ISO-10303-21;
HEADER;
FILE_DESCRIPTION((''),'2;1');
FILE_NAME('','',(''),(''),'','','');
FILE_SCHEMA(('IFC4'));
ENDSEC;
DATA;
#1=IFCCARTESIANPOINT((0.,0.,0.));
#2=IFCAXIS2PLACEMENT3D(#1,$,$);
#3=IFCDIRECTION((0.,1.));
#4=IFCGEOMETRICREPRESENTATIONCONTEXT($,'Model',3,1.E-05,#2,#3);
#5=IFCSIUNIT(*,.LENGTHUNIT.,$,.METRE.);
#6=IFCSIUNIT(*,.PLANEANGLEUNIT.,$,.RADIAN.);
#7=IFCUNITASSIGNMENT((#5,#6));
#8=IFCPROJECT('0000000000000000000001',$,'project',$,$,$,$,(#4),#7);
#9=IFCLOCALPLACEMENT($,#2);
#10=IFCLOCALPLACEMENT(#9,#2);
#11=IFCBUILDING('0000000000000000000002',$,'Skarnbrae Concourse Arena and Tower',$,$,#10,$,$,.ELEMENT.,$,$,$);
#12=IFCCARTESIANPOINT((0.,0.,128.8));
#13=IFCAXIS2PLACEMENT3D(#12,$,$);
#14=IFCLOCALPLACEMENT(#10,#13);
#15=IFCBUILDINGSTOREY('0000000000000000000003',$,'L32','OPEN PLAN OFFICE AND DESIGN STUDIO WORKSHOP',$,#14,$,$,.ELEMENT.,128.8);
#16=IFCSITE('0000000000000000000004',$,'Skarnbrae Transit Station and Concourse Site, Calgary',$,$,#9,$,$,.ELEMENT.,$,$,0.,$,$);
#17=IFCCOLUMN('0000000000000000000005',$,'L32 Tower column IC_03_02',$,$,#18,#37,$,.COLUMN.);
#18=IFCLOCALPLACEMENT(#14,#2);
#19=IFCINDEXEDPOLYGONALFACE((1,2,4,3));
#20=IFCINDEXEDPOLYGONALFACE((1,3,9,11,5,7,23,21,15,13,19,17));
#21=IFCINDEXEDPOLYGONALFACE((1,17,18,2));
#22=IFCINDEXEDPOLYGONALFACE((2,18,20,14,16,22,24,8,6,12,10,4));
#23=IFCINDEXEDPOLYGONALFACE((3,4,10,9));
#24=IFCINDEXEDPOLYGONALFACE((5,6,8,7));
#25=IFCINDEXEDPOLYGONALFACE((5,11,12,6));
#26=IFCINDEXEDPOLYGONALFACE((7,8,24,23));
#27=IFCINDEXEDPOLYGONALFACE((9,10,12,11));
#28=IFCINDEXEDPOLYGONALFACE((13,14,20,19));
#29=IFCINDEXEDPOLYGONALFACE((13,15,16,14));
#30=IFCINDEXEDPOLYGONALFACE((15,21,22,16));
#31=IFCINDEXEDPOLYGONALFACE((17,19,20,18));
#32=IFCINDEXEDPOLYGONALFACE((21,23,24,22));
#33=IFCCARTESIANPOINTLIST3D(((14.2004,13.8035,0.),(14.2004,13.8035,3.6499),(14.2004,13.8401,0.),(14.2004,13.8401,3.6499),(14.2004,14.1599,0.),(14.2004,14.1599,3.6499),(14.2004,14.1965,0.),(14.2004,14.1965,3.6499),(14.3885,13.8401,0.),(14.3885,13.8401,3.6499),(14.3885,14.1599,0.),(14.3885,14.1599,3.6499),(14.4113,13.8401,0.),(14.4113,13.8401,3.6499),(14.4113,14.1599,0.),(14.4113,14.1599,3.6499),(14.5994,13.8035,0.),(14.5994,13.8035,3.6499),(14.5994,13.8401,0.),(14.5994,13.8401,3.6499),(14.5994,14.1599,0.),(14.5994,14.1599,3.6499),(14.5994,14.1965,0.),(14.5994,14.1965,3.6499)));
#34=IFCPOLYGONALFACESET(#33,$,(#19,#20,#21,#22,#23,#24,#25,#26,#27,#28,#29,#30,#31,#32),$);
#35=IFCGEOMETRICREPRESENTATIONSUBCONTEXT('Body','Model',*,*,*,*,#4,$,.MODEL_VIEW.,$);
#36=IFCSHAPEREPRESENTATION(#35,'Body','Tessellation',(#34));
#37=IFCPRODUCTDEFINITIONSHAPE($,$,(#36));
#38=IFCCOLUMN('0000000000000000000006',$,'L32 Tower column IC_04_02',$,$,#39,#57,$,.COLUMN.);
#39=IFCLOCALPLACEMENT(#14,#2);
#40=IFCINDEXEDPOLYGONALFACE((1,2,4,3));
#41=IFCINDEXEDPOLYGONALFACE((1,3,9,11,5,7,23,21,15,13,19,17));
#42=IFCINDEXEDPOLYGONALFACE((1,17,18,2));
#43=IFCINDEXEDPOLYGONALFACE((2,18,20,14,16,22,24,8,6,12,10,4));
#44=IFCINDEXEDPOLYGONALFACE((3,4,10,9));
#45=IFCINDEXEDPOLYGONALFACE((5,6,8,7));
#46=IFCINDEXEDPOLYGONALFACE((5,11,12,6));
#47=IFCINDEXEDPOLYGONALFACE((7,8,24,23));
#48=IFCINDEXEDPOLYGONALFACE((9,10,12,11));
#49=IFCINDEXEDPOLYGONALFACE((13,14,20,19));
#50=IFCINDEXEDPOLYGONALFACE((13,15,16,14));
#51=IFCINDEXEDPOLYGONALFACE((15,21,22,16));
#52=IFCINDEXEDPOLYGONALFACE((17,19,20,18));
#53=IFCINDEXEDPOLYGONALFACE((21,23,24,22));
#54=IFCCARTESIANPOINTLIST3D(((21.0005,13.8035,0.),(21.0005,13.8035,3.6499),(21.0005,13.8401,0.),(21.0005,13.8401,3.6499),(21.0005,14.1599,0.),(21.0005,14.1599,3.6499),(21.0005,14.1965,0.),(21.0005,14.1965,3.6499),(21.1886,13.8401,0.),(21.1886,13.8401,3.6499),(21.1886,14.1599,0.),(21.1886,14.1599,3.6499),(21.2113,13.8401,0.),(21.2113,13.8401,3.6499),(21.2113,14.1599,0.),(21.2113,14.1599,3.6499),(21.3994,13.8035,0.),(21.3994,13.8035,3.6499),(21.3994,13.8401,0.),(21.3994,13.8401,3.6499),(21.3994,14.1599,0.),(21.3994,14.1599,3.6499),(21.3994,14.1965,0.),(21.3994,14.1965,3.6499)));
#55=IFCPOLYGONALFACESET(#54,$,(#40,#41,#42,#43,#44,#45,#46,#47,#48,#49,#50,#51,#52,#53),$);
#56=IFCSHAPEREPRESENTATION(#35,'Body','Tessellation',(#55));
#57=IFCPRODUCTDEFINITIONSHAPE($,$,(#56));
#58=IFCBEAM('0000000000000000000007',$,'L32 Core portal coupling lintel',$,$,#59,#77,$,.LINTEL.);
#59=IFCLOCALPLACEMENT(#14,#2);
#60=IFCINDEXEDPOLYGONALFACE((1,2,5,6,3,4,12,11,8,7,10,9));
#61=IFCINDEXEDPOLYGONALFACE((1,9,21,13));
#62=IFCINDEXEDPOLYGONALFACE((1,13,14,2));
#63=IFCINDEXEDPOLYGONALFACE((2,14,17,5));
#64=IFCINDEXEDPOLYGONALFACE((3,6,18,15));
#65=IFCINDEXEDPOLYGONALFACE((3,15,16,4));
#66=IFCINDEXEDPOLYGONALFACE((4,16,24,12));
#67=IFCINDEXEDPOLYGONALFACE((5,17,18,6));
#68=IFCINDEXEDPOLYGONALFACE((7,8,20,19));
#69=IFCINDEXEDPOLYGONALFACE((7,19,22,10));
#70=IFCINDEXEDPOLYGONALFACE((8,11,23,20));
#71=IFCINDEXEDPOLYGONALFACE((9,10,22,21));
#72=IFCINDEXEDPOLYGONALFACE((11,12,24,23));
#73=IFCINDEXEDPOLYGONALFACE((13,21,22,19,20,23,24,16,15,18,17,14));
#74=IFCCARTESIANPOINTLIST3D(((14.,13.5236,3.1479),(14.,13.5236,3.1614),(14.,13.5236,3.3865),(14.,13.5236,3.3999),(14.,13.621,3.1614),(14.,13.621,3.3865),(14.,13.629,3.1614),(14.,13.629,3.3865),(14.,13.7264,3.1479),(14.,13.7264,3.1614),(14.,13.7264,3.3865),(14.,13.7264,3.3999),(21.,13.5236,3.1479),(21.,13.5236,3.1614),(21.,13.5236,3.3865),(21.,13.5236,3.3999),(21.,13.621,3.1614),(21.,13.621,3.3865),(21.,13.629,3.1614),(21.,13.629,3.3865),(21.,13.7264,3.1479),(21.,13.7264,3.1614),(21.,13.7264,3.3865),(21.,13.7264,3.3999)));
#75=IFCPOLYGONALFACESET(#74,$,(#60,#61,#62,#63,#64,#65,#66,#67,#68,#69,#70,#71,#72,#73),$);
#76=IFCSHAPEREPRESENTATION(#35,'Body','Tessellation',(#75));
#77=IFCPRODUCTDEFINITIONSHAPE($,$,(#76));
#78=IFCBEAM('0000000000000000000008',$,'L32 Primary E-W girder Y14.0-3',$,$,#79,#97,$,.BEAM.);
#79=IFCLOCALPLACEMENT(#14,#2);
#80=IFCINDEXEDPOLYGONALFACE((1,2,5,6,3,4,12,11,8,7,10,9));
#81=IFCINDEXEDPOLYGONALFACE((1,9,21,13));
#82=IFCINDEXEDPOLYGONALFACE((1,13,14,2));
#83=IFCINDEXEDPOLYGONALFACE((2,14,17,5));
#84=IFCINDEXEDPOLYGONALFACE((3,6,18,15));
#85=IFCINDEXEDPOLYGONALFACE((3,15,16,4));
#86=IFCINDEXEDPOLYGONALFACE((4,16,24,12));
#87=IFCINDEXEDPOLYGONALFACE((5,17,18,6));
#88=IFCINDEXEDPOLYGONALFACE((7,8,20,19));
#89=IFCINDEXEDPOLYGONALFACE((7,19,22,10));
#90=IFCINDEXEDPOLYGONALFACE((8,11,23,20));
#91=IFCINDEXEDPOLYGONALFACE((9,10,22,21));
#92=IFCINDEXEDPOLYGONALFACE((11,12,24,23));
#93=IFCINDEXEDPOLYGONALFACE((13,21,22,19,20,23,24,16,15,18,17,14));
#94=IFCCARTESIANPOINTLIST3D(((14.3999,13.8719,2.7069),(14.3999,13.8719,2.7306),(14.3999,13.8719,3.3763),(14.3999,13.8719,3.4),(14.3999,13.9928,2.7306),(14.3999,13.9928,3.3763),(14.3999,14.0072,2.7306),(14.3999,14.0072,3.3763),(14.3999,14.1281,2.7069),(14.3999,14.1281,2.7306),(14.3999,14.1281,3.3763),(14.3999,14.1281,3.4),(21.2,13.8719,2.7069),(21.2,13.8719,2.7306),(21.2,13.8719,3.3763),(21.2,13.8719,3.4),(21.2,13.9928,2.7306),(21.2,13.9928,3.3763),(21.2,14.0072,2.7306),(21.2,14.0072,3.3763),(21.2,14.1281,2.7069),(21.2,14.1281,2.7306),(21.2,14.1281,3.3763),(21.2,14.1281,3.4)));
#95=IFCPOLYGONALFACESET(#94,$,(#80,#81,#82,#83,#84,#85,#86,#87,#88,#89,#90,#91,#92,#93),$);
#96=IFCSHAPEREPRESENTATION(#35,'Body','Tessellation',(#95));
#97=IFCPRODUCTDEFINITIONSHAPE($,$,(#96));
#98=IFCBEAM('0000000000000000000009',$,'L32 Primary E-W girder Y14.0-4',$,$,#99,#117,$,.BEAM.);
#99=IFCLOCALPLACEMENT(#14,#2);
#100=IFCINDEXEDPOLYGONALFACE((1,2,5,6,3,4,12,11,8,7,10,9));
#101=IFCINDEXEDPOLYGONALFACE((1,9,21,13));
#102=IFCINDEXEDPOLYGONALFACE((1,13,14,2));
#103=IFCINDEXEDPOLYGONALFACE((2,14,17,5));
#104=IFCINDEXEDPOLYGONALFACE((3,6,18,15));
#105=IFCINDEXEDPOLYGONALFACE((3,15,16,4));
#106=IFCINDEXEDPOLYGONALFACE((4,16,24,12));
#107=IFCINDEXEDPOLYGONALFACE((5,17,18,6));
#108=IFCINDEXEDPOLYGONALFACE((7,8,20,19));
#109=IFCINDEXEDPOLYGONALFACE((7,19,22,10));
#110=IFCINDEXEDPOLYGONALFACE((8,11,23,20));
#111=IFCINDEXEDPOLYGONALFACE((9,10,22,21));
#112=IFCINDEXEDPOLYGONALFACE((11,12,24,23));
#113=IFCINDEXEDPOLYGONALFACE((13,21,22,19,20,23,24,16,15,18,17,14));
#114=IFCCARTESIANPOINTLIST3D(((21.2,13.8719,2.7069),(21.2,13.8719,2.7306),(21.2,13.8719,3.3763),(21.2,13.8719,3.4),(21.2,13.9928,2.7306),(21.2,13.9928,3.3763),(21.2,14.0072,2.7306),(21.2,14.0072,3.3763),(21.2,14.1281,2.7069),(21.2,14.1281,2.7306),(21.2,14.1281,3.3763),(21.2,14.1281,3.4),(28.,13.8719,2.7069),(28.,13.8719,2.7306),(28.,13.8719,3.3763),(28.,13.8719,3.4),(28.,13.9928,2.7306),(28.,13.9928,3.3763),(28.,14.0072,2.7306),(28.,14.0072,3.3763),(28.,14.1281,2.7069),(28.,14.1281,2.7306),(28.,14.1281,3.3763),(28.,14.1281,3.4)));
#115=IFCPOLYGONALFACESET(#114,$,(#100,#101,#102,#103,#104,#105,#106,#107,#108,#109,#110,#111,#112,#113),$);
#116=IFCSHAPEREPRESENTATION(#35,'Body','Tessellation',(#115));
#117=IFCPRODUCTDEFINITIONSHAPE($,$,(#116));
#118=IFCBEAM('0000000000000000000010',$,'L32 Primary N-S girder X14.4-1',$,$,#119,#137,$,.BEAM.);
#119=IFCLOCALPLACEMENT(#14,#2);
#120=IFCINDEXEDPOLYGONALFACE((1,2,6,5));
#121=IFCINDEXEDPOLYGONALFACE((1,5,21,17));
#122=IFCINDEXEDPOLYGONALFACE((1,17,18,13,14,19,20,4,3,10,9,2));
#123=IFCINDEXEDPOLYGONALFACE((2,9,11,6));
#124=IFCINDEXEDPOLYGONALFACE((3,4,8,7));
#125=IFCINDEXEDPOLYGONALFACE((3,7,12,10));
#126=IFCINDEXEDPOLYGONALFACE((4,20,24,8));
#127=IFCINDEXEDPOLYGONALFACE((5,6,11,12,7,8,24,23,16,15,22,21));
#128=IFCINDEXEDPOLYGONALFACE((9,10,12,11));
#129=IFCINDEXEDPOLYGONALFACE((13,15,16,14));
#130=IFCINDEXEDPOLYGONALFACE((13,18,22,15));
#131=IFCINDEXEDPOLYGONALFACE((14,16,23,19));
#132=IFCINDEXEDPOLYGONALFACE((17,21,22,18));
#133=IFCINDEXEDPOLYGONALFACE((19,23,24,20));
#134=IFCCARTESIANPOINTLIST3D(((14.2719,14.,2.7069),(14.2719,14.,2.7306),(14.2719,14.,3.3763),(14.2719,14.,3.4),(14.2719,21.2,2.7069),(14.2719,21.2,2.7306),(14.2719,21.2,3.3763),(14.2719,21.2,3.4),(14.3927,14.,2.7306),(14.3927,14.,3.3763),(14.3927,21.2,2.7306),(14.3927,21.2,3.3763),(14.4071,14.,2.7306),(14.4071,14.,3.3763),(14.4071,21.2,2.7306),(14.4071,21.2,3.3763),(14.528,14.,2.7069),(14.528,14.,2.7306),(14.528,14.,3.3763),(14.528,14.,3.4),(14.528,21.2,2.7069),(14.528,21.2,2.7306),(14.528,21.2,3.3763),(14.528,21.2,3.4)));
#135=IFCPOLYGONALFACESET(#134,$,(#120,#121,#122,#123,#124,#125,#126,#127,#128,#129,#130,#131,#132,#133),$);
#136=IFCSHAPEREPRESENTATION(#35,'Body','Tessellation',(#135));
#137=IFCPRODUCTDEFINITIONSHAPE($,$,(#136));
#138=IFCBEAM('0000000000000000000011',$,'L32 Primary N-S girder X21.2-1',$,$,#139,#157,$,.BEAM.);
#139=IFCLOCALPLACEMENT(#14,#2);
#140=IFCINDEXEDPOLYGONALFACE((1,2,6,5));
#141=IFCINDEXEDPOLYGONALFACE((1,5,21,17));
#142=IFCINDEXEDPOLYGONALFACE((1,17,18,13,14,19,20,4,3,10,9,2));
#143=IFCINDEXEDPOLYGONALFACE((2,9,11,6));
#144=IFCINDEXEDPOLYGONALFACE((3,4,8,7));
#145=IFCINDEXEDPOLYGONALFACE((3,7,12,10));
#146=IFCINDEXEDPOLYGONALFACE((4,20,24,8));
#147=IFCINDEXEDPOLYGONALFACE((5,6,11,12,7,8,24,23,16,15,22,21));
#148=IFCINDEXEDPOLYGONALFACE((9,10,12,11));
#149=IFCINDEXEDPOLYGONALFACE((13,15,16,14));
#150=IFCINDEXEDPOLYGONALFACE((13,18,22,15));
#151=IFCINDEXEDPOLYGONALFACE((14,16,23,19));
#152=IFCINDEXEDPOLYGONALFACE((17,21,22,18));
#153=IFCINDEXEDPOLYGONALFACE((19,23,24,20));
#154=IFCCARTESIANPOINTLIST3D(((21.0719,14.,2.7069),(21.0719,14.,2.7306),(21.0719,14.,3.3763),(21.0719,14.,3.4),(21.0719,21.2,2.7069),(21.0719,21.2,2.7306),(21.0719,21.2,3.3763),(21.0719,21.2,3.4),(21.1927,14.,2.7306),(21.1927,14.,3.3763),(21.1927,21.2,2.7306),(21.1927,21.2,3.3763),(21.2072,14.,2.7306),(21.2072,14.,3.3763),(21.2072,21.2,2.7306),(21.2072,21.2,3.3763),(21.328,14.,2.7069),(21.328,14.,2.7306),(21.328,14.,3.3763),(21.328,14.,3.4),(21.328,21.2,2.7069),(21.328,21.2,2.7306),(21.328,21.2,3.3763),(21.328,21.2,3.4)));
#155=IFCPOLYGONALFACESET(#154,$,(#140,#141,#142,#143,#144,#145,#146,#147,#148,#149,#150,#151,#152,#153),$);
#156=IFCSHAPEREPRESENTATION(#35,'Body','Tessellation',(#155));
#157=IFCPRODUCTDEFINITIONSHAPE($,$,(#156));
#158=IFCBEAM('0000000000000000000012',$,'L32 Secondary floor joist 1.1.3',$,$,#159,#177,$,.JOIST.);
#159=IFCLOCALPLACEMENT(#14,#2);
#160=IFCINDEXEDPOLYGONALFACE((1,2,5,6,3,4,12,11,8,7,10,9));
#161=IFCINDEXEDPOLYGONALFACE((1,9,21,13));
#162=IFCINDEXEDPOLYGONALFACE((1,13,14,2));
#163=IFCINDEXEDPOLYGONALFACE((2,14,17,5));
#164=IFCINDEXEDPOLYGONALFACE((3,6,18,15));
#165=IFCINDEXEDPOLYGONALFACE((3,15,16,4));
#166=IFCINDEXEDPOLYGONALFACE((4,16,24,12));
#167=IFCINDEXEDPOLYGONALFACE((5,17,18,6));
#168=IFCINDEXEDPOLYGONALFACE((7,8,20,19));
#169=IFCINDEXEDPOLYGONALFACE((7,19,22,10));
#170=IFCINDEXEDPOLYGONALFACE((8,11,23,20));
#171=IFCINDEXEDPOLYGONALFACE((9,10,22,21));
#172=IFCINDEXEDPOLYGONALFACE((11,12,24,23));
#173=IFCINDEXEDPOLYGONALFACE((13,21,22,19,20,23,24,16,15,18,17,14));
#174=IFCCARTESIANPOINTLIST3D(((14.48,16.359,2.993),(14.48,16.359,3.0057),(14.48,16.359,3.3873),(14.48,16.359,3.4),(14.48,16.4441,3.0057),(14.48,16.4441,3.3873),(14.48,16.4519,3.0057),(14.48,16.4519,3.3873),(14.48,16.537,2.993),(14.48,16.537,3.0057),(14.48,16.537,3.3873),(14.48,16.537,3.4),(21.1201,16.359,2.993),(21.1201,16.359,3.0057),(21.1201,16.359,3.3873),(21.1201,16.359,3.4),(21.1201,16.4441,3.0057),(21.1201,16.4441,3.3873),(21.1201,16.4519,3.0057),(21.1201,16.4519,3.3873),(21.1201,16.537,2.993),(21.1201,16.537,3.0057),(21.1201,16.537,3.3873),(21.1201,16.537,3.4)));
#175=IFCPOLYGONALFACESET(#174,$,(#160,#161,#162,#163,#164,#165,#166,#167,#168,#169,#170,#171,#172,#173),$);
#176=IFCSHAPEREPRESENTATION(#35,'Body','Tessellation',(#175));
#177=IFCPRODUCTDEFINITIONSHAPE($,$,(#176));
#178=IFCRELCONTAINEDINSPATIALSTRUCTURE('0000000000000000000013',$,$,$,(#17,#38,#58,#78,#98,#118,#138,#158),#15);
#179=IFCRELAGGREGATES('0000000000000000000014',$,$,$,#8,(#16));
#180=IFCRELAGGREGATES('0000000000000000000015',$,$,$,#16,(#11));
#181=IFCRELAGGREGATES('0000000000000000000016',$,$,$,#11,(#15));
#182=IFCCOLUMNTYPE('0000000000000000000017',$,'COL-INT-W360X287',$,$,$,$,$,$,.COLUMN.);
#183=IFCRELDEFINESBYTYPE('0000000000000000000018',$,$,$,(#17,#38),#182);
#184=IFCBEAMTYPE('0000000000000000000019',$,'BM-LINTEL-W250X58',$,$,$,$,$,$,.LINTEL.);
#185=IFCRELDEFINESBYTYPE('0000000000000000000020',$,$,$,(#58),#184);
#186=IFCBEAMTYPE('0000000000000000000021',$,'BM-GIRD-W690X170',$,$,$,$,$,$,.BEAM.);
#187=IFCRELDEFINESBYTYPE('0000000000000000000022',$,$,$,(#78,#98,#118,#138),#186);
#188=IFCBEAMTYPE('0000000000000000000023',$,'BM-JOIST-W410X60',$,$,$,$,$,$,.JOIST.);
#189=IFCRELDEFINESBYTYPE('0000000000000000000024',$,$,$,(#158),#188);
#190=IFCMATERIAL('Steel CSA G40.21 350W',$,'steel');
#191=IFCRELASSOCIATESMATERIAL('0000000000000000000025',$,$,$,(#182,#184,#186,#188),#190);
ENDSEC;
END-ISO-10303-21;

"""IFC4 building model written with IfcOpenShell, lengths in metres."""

from ifc_helpers import new_model, si_unit, direction, frame, origin, origin_2d, place, context, subcontext, project, spatial, i_section, extrude, source, transform, mapped, material, material_profile, profile_set, type_object, element, save


model = new_model("IFC4")

# Units and contexts
model_context = context("Model", 3, precision=1e-05, world=origin(), true_north=direction((0.0, 1.0)))
body_context = subcontext(model_context, "Body", "Model", "MODEL_VIEW")
ifc_project = project(units=[si_unit("LENGTHUNIT", "METRE"), si_unit("PLANEANGLEUNIT", "RADIAN")], contexts=[model_context])

# Site, building, storey
site_placement = place(None, origin())
site = spatial("IfcSite", under=ifc_project, at=site_placement, Name="Skarnbrae Transit Station and Concourse Site, Calgary", CompositionType="ELEMENT", RefElevation=0.0)
building_placement = place(site_placement, origin())
building = spatial("IfcBuilding", under=site, at=building_placement, Name="Skarnbrae Concourse Arena and Tower", CompositionType="ELEMENT")
storey_placement = place(building_placement, frame((0.0, 0.0, 128.8)))
storey = spatial("IfcBuildingStorey", under=building, at=storey_placement, Name="L32", Description="OPEN PLAN OFFICE AND DESIGN STUDIO WORKSHOP", CompositionType="ELEMENT", Elevation=128.8)

# Columns
ifc_material_1 = material(Name="Steel CSA G40.21 350W", Category="steel")
ifc_material_profile_1 = material_profile(ifc_material_1, i_section(OverallWidth=0.3989, OverallDepth=0.3931, WebThickness=0.0227, FlangeThickness=0.0366, at=origin_2d()), Name="W360X287")
ifc_profile_set_1 = profile_set([ifc_material_profile_1], Name="Steel CSA G40.21 350W")
column_type = type_object("IfcColumnType", Name="COL-INT-W360X287", PredefinedType="COLUMN", material=ifc_profile_set_1)
shared_shape_1 = source(origin(), body_context, "Body", "SweptSolid", [
    extrude(i_section(OverallWidth=0.3989, OverallDepth=0.3931, WebThickness=0.0227, FlangeThickness=0.0366, at=origin_2d()), origin(), (0.0, 0.0, 1.0), 3.6499),
])
for number, where, z_axis, x_axis, name in (
    (1, (14.3999, 14.0, 0.0), (0.0, 0.0, 1.0), (1.0, 0.0, 0.0), "L32 Tower column IC_03_02"),
    (2, (21.2, 14.0, 0.0), (0.0, 0.0, 1.0), (1.0, 0.0, 0.0), "L32 Tower column IC_04_02"),
):
    element("IfcColumn", number, at=place(storey_placement, frame(where, z_axis=z_axis, x_axis=x_axis)), inside=storey, type_object=column_type, Name=name, PredefinedType="COLUMN", context=body_context, shape_type="MappedRepresentation", body=[
        mapped(shared_shape_1, transform((0.0, 0.0, 0.0))),
    ])

# Beams
ifc_material_profile_2 = material_profile(ifc_material_1, i_section(OverallWidth=0.2029, OverallDepth=0.252, WebThickness=0.0081, FlangeThickness=0.0134, at=origin_2d()), Name="W250X58")
ifc_profile_set_2 = profile_set([ifc_material_profile_2], Name="Steel CSA G40.21 350W")
beam_type_1 = type_object("IfcBeamType", Name="BM-LINTEL-W250X58", PredefinedType="LINTEL", material=ifc_profile_set_2)
shared_shape_2 = source(origin(), body_context, "Body", "SweptSolid", [
    extrude(i_section(OverallWidth=0.2029, OverallDepth=0.252, WebThickness=0.0081, FlangeThickness=0.0134, at=origin_2d()), origin(), (0.0, 0.0, 1.0), 7.0),
])
beam_placement = place(storey_placement, frame((14.0, 13.625, 3.2739), z_axis=(1.0, 0.0, 0.0), x_axis=(0.0, 1.0, 0.0)))
element("IfcBeam", 3, at=beam_placement, inside=storey, type_object=beam_type_1, Name="L32 Core portal coupling lintel", PredefinedType="LINTEL", context=body_context, shape_type="MappedRepresentation", body=[
    mapped(shared_shape_2, transform((0.0, 0.0, 0.0))),
])
ifc_material_profile_3 = material_profile(ifc_material_1, i_section(OverallWidth=0.2561, OverallDepth=0.6931, WebThickness=0.0144, FlangeThickness=0.0237, at=origin_2d()), Name="W690X170")
ifc_profile_set_3 = profile_set([ifc_material_profile_3], Name="Steel CSA G40.21 350W")
beam_type_2 = type_object("IfcBeamType", Name="BM-GIRD-W690X170", PredefinedType="BEAM", material=ifc_profile_set_3)
shared_shape_3 = source(origin(), body_context, "Body", "SweptSolid", [
    extrude(i_section(OverallWidth=0.2561, OverallDepth=0.6931, WebThickness=0.0144, FlangeThickness=0.0237, at=origin_2d()), origin(), (0.0, 0.0, 1.0), 6.8),
])
for number, where, z_axis, x_axis, name in (
    (4, (14.3999, 14.0, 3.0535), (1.0, 0.0, 0.0), (0.0, 1.0, 0.0), "L32 Primary E-W girder Y14.0-3"),
    (5, (21.2, 14.0, 3.0535), (1.0, 0.0, 0.0), (0.0, 1.0, 0.0), "L32 Primary E-W girder Y14.0-4"),
):
    element("IfcBeam", number, at=place(storey_placement, frame(where, z_axis=z_axis, x_axis=x_axis)), inside=storey, type_object=beam_type_2, Name=name, PredefinedType="BEAM", context=body_context, shape_type="MappedRepresentation", body=[
        mapped(shared_shape_3, transform((0.0, 0.0, 0.0))),
    ])
shared_shape_4 = source(origin(), body_context, "Body", "SweptSolid", [
    extrude(i_section(OverallWidth=0.2561, OverallDepth=0.6931, WebThickness=0.0144, FlangeThickness=0.0237, at=origin_2d()), origin(), (0.0, 0.0, 1.0), 7.2),
])
for number, where, z_axis, x_axis, name in (
    (6, (14.3999, 14.0, 3.0535), (0.0, 1.0, 0.0), (-1.0, 0.0, 0.0), "L32 Primary N-S girder X14.4-1"),
    (7, (21.2, 14.0, 3.0535), (0.0, 1.0, 0.0), (-1.0, 0.0, 0.0), "L32 Primary N-S girder X21.2-1"),
):
    element("IfcBeam", number, at=place(storey_placement, frame(where, z_axis=z_axis, x_axis=x_axis)), inside=storey, type_object=beam_type_2, Name=name, PredefinedType="BEAM", context=body_context, shape_type="MappedRepresentation", body=[
        mapped(shared_shape_4, transform((0.0, 0.0, 0.0))),
    ])
ifc_material_profile_4 = material_profile(ifc_material_1, i_section(OverallWidth=0.178, OverallDepth=0.407, WebThickness=0.0078, FlangeThickness=0.0127, at=origin_2d()), Name="W410X60")
ifc_profile_set_4 = profile_set([ifc_material_profile_4], Name="Steel CSA G40.21 350W")
beam_type_3 = type_object("IfcBeamType", Name="BM-JOIST-W410X60", PredefinedType="JOIST", material=ifc_profile_set_4)
shared_shape_5 = source(origin(), body_context, "Body", "SweptSolid", [
    extrude(i_section(OverallWidth=0.178, OverallDepth=0.407, WebThickness=0.0078, FlangeThickness=0.0127, at=origin_2d()), origin(), (0.0, 0.0, 1.0), 6.6401),
])
for number, where, z_axis, x_axis, name in (
    (8, (14.48, 16.448, 3.1965), (1.0, 0.0, 0.0), (0.0, 1.0, 0.0), "L32 Secondary floor joist 1.1.3"),
):
    element("IfcBeam", number, at=place(storey_placement, frame(where, z_axis=z_axis, x_axis=x_axis)), inside=storey, type_object=beam_type_3, Name=name, PredefinedType="JOIST", context=body_context, shape_type="MappedRepresentation", body=[
        mapped(shared_shape_5, transform((0.0, 0.0, 0.0))),
    ])

save(model, "model.ifc")
